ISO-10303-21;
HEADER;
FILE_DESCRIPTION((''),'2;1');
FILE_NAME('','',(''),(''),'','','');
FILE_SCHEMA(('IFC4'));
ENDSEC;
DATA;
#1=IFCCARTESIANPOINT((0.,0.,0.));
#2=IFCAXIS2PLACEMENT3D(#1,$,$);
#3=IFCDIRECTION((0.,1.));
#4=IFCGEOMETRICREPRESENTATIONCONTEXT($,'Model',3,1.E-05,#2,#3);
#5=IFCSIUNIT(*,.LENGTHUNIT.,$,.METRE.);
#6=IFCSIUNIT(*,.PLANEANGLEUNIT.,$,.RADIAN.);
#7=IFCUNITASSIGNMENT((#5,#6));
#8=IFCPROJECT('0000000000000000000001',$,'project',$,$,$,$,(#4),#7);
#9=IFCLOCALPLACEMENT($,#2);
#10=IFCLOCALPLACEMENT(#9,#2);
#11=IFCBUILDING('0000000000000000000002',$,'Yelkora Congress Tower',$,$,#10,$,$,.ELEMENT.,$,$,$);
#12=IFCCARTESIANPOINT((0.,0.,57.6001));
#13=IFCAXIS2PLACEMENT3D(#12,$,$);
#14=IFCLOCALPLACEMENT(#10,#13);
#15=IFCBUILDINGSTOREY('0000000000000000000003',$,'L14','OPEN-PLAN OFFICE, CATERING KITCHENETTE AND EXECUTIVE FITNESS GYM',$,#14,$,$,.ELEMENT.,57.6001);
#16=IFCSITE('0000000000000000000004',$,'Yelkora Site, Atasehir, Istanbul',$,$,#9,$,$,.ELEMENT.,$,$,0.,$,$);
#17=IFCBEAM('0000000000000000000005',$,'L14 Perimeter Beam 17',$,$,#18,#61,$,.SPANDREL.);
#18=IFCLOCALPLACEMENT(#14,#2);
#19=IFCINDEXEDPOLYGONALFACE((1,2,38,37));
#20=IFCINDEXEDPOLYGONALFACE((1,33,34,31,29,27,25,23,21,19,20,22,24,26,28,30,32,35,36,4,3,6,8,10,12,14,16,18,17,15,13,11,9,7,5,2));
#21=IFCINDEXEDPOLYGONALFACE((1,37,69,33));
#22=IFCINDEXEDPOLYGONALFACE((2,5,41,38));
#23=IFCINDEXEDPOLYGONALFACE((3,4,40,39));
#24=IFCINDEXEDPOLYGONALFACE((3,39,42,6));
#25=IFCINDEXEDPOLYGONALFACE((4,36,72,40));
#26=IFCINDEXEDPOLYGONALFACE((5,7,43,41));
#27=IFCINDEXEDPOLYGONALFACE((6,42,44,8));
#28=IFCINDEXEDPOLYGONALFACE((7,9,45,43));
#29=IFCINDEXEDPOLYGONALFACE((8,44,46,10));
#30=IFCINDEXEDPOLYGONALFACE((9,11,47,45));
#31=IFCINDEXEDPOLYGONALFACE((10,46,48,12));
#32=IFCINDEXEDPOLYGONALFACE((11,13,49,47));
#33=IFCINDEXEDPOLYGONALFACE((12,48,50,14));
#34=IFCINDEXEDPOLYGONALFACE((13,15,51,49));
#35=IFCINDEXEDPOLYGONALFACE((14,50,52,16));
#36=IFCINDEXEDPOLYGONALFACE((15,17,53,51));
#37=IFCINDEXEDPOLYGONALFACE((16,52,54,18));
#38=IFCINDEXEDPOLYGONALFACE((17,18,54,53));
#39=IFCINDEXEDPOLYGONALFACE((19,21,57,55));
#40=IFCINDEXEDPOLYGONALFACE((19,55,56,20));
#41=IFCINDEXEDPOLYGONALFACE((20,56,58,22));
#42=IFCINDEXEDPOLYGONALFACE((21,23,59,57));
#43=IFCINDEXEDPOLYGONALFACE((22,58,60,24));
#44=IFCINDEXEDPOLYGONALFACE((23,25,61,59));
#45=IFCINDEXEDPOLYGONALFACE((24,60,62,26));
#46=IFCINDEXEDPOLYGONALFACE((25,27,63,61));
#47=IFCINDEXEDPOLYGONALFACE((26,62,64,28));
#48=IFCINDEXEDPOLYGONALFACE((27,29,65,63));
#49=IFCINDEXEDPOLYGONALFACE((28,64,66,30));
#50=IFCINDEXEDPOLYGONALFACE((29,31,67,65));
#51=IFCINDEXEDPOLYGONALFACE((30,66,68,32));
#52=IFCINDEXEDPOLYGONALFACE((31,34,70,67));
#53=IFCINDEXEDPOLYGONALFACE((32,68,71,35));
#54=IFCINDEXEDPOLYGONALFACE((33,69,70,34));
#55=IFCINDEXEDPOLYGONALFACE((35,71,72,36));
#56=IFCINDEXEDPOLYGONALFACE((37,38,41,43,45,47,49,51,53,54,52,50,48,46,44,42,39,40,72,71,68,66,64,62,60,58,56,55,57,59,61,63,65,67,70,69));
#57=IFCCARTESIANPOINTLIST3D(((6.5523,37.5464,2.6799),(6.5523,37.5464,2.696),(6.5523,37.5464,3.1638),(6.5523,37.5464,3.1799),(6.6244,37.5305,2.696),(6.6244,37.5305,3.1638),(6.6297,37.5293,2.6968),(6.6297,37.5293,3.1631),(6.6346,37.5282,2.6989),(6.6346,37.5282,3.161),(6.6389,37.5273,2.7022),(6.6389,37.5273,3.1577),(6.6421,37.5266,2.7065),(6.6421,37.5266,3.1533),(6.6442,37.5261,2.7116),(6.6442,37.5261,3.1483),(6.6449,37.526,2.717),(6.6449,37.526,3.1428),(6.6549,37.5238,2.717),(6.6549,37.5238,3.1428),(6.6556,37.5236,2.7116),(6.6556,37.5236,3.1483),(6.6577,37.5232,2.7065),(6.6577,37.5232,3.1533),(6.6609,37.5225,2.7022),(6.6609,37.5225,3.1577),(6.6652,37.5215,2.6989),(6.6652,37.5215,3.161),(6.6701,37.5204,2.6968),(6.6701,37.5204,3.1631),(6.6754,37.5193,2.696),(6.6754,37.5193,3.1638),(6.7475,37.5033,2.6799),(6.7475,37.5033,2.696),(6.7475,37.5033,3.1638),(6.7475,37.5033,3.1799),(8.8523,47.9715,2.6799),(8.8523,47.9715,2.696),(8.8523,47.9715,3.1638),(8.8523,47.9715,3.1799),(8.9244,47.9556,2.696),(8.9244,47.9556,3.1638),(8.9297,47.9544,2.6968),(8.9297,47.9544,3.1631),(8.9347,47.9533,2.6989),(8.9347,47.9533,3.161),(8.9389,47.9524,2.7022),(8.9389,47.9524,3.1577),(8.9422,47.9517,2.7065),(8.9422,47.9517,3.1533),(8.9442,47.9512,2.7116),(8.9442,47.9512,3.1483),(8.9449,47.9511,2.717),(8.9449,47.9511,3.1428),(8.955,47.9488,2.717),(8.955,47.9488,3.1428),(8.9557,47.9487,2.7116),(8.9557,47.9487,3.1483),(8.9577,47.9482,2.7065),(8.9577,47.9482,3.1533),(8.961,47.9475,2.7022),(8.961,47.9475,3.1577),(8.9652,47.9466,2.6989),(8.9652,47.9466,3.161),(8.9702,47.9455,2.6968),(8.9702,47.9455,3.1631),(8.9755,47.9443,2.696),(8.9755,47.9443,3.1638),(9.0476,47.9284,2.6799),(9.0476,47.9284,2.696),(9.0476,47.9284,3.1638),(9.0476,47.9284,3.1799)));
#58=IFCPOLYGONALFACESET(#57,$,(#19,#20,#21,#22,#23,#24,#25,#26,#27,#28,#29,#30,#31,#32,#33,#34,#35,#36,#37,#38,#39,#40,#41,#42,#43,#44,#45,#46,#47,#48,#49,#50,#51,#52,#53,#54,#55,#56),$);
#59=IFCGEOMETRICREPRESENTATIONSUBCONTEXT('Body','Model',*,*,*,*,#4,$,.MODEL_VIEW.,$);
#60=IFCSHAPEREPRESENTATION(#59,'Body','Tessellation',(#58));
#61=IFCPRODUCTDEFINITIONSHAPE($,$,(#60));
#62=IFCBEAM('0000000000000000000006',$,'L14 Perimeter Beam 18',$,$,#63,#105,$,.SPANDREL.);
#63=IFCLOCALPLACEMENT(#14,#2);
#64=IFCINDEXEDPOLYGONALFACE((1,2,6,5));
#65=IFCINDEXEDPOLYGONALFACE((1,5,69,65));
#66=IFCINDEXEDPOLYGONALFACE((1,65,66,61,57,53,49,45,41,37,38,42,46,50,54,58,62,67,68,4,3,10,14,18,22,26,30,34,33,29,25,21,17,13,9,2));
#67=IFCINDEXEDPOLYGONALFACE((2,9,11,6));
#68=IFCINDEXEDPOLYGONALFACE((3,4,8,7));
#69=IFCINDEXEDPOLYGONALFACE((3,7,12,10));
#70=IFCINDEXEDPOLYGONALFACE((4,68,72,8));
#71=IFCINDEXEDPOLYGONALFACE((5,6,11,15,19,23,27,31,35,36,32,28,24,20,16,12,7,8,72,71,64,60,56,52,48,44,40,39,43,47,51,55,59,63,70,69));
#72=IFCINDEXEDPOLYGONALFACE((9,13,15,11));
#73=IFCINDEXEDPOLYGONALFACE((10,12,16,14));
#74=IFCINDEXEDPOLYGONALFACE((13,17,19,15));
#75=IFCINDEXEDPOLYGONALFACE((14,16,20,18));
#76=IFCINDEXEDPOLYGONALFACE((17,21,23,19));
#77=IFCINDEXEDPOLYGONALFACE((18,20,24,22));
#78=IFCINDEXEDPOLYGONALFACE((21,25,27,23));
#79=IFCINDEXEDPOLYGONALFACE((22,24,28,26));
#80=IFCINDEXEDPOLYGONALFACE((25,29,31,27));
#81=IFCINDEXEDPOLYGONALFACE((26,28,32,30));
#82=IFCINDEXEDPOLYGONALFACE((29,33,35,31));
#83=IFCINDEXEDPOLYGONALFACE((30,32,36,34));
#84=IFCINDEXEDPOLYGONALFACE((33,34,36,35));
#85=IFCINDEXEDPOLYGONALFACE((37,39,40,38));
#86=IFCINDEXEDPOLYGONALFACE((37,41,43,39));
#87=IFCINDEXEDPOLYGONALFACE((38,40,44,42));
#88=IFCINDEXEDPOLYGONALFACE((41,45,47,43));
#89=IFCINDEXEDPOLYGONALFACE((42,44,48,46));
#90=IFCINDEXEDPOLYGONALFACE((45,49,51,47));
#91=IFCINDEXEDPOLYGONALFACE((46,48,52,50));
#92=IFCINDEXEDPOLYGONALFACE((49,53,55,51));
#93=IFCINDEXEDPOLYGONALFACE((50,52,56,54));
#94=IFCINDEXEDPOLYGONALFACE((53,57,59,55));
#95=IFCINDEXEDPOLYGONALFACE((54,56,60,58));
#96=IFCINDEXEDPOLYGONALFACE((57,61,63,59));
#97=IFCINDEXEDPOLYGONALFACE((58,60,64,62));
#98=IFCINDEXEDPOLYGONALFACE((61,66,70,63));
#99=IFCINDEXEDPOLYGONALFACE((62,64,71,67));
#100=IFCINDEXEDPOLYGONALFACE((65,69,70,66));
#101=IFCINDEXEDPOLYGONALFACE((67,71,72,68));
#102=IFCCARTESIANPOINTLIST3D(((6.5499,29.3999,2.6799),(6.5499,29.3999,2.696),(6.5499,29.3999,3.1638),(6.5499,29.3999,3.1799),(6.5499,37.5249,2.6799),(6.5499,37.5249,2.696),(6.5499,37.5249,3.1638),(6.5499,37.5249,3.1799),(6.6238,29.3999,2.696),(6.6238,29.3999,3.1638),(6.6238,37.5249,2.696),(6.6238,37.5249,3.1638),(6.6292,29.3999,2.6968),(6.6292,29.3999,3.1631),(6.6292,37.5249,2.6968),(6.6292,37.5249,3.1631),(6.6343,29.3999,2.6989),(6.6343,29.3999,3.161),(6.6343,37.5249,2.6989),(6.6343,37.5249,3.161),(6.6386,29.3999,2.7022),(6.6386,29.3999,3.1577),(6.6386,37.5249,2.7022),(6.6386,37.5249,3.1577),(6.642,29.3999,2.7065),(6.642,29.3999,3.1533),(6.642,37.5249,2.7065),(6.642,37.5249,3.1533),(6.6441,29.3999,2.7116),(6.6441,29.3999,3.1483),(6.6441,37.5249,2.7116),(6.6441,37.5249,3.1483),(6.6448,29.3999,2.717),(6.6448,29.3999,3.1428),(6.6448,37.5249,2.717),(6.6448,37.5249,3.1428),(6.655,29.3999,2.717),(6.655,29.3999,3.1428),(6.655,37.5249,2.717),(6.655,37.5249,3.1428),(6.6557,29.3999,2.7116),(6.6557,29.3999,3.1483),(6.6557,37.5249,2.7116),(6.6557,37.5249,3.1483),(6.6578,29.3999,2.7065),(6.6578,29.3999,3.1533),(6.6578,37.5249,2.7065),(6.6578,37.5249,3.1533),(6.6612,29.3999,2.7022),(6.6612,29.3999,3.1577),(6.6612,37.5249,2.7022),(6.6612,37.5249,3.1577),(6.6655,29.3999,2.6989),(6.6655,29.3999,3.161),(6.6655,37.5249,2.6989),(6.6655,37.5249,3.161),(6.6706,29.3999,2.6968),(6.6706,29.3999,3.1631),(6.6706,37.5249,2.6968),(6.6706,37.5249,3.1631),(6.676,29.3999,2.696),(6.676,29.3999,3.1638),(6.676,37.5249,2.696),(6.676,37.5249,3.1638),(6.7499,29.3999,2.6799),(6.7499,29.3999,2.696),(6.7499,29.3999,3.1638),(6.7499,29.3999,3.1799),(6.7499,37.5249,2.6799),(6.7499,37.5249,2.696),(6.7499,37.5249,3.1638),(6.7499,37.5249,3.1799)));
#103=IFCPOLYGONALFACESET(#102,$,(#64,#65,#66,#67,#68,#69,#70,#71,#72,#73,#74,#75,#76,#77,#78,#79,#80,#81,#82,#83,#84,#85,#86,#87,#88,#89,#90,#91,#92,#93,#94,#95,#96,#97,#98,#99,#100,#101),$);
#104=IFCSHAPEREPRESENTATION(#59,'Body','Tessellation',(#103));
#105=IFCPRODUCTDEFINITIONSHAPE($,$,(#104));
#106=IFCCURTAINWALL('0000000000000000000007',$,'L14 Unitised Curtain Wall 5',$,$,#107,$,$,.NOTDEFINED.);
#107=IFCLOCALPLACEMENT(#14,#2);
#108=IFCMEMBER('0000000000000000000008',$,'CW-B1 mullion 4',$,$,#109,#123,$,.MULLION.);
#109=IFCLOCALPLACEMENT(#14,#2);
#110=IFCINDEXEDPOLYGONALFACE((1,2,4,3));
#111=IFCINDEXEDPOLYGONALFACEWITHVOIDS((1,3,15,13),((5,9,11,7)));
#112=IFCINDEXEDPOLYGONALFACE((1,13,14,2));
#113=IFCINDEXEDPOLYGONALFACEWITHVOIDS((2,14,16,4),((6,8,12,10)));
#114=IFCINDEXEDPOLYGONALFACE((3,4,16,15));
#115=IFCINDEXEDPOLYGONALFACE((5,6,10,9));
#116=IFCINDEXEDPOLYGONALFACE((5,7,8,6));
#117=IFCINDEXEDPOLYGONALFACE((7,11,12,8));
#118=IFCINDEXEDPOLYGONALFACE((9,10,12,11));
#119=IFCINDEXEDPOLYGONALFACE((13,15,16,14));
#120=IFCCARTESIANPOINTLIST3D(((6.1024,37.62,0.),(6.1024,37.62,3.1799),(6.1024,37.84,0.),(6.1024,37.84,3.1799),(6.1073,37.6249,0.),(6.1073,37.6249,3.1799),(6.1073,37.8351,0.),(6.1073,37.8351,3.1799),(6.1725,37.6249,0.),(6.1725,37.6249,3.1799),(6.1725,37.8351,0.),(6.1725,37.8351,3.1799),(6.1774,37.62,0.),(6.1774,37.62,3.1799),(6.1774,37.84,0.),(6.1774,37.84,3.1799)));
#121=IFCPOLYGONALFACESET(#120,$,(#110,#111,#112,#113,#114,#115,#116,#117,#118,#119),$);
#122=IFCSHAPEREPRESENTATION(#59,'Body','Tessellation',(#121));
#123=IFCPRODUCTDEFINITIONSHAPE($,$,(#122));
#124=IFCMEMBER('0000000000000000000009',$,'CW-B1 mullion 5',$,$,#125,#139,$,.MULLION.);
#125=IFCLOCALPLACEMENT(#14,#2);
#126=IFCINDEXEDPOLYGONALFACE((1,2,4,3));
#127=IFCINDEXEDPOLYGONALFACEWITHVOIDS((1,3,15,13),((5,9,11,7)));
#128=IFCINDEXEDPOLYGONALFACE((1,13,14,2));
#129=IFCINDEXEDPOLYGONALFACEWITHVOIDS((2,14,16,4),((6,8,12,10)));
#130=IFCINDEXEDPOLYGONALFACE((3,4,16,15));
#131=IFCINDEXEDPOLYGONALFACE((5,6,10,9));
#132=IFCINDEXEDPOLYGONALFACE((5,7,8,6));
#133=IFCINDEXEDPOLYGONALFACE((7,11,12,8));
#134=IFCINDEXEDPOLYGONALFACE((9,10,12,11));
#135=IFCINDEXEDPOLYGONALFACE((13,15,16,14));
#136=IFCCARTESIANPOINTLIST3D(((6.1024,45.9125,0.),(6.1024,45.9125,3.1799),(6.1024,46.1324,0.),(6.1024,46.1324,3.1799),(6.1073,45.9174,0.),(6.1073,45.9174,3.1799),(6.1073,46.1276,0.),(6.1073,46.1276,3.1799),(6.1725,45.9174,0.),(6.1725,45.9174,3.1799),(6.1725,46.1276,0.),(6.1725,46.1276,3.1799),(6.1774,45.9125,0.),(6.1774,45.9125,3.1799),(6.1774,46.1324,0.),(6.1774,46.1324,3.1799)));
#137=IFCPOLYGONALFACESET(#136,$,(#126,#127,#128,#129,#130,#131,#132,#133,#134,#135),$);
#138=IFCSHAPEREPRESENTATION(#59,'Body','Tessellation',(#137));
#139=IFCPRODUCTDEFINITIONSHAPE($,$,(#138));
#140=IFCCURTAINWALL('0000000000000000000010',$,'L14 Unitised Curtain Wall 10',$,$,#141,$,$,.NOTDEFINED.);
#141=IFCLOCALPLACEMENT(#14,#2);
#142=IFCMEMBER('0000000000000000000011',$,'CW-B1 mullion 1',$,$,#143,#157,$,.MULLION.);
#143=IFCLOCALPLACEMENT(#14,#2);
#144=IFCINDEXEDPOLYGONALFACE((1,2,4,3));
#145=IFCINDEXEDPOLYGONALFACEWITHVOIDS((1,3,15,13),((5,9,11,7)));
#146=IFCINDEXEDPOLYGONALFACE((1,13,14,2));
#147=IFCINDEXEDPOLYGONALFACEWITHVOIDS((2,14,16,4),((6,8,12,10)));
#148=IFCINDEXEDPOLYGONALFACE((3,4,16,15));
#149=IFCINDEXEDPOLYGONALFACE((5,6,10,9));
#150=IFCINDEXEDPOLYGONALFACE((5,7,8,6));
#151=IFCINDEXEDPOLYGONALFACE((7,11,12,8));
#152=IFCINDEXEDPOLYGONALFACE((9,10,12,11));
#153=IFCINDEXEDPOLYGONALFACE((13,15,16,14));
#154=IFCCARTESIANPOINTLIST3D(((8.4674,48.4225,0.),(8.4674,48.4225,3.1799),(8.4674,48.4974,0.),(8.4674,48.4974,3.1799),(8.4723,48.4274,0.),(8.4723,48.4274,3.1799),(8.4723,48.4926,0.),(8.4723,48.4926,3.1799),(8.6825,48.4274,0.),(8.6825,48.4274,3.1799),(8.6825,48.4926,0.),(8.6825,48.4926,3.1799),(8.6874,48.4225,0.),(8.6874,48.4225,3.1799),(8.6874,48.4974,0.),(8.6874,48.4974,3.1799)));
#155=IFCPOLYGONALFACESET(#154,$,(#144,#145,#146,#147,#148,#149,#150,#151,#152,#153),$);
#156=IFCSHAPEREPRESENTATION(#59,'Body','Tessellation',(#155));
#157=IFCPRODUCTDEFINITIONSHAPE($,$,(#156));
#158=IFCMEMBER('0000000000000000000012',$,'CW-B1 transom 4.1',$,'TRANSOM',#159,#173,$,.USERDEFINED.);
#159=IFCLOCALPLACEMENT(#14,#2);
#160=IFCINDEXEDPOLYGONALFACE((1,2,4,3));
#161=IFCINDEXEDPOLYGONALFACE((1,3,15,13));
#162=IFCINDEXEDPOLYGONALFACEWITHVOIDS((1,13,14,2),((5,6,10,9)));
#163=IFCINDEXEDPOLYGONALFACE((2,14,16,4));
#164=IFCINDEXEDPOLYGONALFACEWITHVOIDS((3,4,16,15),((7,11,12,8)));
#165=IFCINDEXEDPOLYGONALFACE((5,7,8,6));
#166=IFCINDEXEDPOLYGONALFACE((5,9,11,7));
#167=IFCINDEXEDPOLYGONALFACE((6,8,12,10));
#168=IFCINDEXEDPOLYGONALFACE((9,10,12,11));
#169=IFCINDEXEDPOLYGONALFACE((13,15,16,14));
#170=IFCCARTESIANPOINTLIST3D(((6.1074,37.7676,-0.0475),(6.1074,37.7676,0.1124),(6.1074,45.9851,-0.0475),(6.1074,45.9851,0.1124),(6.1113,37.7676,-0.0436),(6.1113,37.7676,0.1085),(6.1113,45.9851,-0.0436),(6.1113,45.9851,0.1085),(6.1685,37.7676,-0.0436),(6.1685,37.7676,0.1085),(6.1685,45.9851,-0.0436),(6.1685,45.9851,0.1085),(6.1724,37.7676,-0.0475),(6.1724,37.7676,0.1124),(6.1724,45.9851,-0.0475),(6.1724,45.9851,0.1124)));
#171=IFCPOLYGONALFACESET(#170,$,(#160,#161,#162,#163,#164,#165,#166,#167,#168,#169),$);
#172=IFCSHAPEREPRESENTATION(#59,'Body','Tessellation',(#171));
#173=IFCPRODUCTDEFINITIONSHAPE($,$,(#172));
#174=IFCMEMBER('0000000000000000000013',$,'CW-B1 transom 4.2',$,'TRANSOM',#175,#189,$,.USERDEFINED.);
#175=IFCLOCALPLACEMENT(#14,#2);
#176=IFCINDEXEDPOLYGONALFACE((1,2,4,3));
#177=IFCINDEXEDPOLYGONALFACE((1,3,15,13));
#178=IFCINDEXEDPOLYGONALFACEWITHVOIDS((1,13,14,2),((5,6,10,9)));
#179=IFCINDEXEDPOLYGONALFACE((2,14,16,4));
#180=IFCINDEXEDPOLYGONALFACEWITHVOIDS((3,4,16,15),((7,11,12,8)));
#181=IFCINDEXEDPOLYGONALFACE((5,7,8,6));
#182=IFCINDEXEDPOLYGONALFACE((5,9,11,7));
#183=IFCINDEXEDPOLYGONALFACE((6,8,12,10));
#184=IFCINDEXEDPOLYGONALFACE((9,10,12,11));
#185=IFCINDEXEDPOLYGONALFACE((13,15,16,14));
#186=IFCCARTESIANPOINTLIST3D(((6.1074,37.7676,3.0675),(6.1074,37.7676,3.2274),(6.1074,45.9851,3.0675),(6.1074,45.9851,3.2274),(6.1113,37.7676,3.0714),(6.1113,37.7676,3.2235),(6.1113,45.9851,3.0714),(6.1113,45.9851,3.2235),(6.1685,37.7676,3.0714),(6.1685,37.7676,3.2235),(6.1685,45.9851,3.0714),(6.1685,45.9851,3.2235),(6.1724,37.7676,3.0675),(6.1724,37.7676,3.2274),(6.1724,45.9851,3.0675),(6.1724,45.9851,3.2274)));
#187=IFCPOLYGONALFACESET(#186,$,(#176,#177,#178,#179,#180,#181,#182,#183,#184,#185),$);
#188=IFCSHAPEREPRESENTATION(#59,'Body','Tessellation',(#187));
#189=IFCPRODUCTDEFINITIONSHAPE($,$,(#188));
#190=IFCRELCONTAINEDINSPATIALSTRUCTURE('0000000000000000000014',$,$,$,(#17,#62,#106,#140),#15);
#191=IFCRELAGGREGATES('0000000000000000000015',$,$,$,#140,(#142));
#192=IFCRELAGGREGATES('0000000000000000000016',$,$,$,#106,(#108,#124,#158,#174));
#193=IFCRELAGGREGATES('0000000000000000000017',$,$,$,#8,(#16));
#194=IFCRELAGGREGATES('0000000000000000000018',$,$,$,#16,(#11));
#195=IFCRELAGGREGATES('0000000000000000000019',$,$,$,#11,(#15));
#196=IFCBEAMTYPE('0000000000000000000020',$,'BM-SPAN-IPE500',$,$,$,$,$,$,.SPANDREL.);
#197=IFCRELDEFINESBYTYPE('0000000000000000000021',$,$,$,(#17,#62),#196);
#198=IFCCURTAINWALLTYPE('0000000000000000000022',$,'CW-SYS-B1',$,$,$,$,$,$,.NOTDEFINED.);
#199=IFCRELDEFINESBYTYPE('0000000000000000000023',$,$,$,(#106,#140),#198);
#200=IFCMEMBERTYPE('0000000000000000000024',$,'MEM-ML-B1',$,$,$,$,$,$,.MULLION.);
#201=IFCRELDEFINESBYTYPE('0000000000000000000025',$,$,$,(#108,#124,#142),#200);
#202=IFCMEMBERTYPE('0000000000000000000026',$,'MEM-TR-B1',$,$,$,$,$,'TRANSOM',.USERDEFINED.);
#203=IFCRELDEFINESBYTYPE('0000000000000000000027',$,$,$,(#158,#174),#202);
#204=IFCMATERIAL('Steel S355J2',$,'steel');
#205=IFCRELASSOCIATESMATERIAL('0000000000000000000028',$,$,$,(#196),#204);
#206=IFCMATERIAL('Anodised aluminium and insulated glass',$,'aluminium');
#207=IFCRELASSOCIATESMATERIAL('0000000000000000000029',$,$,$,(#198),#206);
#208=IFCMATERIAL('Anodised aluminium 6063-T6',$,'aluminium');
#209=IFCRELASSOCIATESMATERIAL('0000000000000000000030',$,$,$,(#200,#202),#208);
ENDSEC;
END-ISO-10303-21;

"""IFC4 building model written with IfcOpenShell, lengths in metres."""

from ifc_helpers import new_model, si_unit, direction, frame, origin, origin_2d, place, context, subcontext, project, spatial, hollow_rectangle, i_section, extrude, material, material_profile, profile_set, type_object, element, aggregate, save


model = new_model("IFC4")

# Units and contexts
model_context = context("Model", 3, precision=1e-05, world=origin(), true_north=direction((0.0, 1.0)))
body_context = subcontext(model_context, "Body", "Model", "MODEL_VIEW")
ifc_project = project(units=[si_unit("LENGTHUNIT", "METRE"), si_unit("PLANEANGLEUNIT", "RADIAN")], contexts=[model_context])

# Site, building, storey
site_placement = place(None, origin())
site = spatial("IfcSite", under=ifc_project, at=site_placement, Name="Yelkora Site, Atasehir, Istanbul", CompositionType="ELEMENT", RefElevation=0.0)
building_placement = place(site_placement, origin())
building = spatial("IfcBuilding", under=site, at=building_placement, Name="Yelkora Congress Tower", CompositionType="ELEMENT")
storey_placement = place(building_placement, frame((0.0, 0.0, 57.6001)))
storey = spatial("IfcBuildingStorey", under=building, at=storey_placement, Name="L14", Description="OPEN-PLAN OFFICE, CATERING KITCHENETTE AND EXECUTIVE FITNESS GYM", CompositionType="ELEMENT", Elevation=57.6001)

# Beams
ifc_material_1 = material(Name="Steel S355J2", Category="steel")
ifc_material_profile_1 = material_profile(ifc_material_1, i_section(OverallWidth=0.2, OverallDepth=0.5, WebThickness=0.0103, FlangeThickness=0.0161, FilletRadius=0.021, at=origin_2d()), Name="IPE 500")
ifc_profile_set_1 = profile_set([ifc_material_profile_1], Name="Steel S355J2")
beam_type_1 = type_object("IfcBeamType", Name="BM-SPAN-IPE500", PredefinedType="SPANDREL", material=ifc_profile_set_1)
beam_1_placement = place(storey_placement, frame((8.95, 47.95, 2.9299), z_axis=(-0.215446, -0.976516, 0.0), x_axis=(0.976516, -0.215446, 0.0)))
element("IfcBeam", 1, at=beam_1_placement, inside=storey, type_object=beam_type_1, Name="L14 Perimeter Beam 17", PredefinedType="SPANDREL", context=body_context, shape_type="SweptSolid", body=[
    extrude(i_section(OverallWidth=0.2, OverallDepth=0.5, WebThickness=0.0103, FlangeThickness=0.0161, FilletRadius=0.021, at=origin_2d()), origin(), (0.0, 0.0, 1.0), 10.6758),
])
beam_2_placement = place(storey_placement, frame((6.6499, 37.5249, 2.9299), z_axis=(0.0, -1.0, 0.0), x_axis=(1.0, 0.0, 0.0)))
element("IfcBeam", 2, at=beam_2_placement, inside=storey, type_object=beam_type_1, Name="L14 Perimeter Beam 18", PredefinedType="SPANDREL", context=body_context, shape_type="SweptSolid", body=[
    extrude(i_section(OverallWidth=0.2, OverallDepth=0.5, WebThickness=0.0103, FlangeThickness=0.0161, FilletRadius=0.021, at=origin_2d()), origin(), (0.0, 0.0, 1.0), 8.125),
])

# Curtain wall, members
ifc_material_2 = material(Name="Anodised aluminium and insulated glass", Category="aluminium")
curtain_wall_type = type_object("IfcCurtainWallType", Name="CW-SYS-B1", PredefinedType="NOTDEFINED", material=ifc_material_2)
curtain_wall_1_placement = place(storey_placement, origin())
curtain_wall_1 = element("IfcCurtainWall", 3, at=curtain_wall_1_placement, inside=storey, type_object=curtain_wall_type, Name="L14 Unitised Curtain Wall 5", PredefinedType="NOTDEFINED")
ifc_material_3 = material(Name="Anodised aluminium 6063-T6", Category="aluminium")
ifc_material_profile_2 = material_profile(ifc_material_3, hollow_rectangle(XDim=0.075, YDim=0.22, WallThickness=0.0049, at=origin_2d()), Name="ALU 75x220x5")
ifc_profile_set_2 = profile_set([ifc_material_profile_2], Name="Anodised aluminium 6063-T6")
member_type_1 = type_object("IfcMemberType", Name="MEM-ML-B1", PredefinedType="MULLION", material=ifc_profile_set_2)
member_1_placement = place(storey_placement, frame((6.1399, 37.73, 0.0), z_axis=(0.0, 0.0, 1.0), x_axis=(-1.0, 0.0, 0.0)))
member_1 = element("IfcMember", 4, at=member_1_placement, type_object=member_type_1, Name="CW-B1 mullion 4", PredefinedType="MULLION", context=body_context, shape_type="SweptSolid", body=[
    extrude(hollow_rectangle(XDim=0.075, YDim=0.22, WallThickness=0.0049, at=origin_2d()), origin(), (0.0, 0.0, 1.0), 3.1799),
])
member_2_placement = place(storey_placement, frame((6.1399, 46.0225, 0.0), z_axis=(0.0, 0.0, 1.0), x_axis=(-1.0, 0.0, 0.0)))
member_2 = element("IfcMember", 5, at=member_2_placement, type_object=member_type_1, Name="CW-B1 mullion 5", PredefinedType="MULLION", context=body_context, shape_type="SweptSolid", body=[
    extrude(hollow_rectangle(XDim=0.075, YDim=0.22, WallThickness=0.0049, at=origin_2d()), origin(), (0.0, 0.0, 1.0), 3.1799),
])

# Curtain wall, member
curtain_wall_2_placement = place(storey_placement, origin())
curtain_wall_2 = element("IfcCurtainWall", 6, at=curtain_wall_2_placement, inside=storey, type_object=curtain_wall_type, Name="L14 Unitised Curtain Wall 10", PredefinedType="NOTDEFINED")
member_3_placement = place(storey_placement, frame((8.5774, 48.46, 0.0), z_axis=(0.0, 0.0, 1.0), x_axis=(0.0, 1.0, 0.0)))
member_3 = element("IfcMember", 7, at=member_3_placement, type_object=member_type_1, Name="CW-B1 mullion 1", PredefinedType="MULLION", context=body_context, shape_type="SweptSolid", body=[
    extrude(hollow_rectangle(XDim=0.075, YDim=0.22, WallThickness=0.0049, at=origin_2d()), origin(), (0.0, 0.0, 1.0), 3.1799),
])

# Members
ifc_material_profile_3 = material_profile(ifc_material_3, hollow_rectangle(XDim=0.0649, YDim=0.1599, WallThickness=0.0039, at=origin_2d()), Name="ALU 65x160x4")
ifc_profile_set_3 = profile_set([ifc_material_profile_3], Name="Anodised aluminium 6063-T6")
member_type_2 = type_object("IfcMemberType", Name="MEM-TR-B1", ElementType="TRANSOM", PredefinedType="USERDEFINED", material=ifc_profile_set_3)
member_4_placement = place(storey_placement, frame((6.1399, 37.7676, 0.0325), z_axis=(0.0, 1.0, 0.0), x_axis=(-1.0, 0.0, 0.0)))
member_4 = element("IfcMember", 8, at=member_4_placement, type_object=member_type_2, Name="CW-B1 transom 4.1", ObjectType="TRANSOM", PredefinedType="USERDEFINED", context=body_context, shape_type="SweptSolid", body=[
    extrude(hollow_rectangle(XDim=0.0649, YDim=0.1599, WallThickness=0.0039, at=origin_2d()), origin(), (0.0, 0.0, 1.0), 8.2175),
])
member_5_placement = place(storey_placement, frame((6.1399, 37.7676, 3.1475), z_axis=(0.0, 1.0, 0.0), x_axis=(-1.0, 0.0, 0.0)))
member_5 = element("IfcMember", 9, at=member_5_placement, type_object=member_type_2, Name="CW-B1 transom 4.2", ObjectType="TRANSOM", PredefinedType="USERDEFINED", context=body_context, shape_type="SweptSolid", body=[
    extrude(hollow_rectangle(XDim=0.0649, YDim=0.1599, WallThickness=0.0039, at=origin_2d()), origin(), (0.0, 0.0, 1.0), 8.2175),
])
aggregate(curtain_wall_2, [member_3])

aggregate(curtain_wall_1, [member_1, member_2, member_4, member_5])

save(model, "model.ifc")
